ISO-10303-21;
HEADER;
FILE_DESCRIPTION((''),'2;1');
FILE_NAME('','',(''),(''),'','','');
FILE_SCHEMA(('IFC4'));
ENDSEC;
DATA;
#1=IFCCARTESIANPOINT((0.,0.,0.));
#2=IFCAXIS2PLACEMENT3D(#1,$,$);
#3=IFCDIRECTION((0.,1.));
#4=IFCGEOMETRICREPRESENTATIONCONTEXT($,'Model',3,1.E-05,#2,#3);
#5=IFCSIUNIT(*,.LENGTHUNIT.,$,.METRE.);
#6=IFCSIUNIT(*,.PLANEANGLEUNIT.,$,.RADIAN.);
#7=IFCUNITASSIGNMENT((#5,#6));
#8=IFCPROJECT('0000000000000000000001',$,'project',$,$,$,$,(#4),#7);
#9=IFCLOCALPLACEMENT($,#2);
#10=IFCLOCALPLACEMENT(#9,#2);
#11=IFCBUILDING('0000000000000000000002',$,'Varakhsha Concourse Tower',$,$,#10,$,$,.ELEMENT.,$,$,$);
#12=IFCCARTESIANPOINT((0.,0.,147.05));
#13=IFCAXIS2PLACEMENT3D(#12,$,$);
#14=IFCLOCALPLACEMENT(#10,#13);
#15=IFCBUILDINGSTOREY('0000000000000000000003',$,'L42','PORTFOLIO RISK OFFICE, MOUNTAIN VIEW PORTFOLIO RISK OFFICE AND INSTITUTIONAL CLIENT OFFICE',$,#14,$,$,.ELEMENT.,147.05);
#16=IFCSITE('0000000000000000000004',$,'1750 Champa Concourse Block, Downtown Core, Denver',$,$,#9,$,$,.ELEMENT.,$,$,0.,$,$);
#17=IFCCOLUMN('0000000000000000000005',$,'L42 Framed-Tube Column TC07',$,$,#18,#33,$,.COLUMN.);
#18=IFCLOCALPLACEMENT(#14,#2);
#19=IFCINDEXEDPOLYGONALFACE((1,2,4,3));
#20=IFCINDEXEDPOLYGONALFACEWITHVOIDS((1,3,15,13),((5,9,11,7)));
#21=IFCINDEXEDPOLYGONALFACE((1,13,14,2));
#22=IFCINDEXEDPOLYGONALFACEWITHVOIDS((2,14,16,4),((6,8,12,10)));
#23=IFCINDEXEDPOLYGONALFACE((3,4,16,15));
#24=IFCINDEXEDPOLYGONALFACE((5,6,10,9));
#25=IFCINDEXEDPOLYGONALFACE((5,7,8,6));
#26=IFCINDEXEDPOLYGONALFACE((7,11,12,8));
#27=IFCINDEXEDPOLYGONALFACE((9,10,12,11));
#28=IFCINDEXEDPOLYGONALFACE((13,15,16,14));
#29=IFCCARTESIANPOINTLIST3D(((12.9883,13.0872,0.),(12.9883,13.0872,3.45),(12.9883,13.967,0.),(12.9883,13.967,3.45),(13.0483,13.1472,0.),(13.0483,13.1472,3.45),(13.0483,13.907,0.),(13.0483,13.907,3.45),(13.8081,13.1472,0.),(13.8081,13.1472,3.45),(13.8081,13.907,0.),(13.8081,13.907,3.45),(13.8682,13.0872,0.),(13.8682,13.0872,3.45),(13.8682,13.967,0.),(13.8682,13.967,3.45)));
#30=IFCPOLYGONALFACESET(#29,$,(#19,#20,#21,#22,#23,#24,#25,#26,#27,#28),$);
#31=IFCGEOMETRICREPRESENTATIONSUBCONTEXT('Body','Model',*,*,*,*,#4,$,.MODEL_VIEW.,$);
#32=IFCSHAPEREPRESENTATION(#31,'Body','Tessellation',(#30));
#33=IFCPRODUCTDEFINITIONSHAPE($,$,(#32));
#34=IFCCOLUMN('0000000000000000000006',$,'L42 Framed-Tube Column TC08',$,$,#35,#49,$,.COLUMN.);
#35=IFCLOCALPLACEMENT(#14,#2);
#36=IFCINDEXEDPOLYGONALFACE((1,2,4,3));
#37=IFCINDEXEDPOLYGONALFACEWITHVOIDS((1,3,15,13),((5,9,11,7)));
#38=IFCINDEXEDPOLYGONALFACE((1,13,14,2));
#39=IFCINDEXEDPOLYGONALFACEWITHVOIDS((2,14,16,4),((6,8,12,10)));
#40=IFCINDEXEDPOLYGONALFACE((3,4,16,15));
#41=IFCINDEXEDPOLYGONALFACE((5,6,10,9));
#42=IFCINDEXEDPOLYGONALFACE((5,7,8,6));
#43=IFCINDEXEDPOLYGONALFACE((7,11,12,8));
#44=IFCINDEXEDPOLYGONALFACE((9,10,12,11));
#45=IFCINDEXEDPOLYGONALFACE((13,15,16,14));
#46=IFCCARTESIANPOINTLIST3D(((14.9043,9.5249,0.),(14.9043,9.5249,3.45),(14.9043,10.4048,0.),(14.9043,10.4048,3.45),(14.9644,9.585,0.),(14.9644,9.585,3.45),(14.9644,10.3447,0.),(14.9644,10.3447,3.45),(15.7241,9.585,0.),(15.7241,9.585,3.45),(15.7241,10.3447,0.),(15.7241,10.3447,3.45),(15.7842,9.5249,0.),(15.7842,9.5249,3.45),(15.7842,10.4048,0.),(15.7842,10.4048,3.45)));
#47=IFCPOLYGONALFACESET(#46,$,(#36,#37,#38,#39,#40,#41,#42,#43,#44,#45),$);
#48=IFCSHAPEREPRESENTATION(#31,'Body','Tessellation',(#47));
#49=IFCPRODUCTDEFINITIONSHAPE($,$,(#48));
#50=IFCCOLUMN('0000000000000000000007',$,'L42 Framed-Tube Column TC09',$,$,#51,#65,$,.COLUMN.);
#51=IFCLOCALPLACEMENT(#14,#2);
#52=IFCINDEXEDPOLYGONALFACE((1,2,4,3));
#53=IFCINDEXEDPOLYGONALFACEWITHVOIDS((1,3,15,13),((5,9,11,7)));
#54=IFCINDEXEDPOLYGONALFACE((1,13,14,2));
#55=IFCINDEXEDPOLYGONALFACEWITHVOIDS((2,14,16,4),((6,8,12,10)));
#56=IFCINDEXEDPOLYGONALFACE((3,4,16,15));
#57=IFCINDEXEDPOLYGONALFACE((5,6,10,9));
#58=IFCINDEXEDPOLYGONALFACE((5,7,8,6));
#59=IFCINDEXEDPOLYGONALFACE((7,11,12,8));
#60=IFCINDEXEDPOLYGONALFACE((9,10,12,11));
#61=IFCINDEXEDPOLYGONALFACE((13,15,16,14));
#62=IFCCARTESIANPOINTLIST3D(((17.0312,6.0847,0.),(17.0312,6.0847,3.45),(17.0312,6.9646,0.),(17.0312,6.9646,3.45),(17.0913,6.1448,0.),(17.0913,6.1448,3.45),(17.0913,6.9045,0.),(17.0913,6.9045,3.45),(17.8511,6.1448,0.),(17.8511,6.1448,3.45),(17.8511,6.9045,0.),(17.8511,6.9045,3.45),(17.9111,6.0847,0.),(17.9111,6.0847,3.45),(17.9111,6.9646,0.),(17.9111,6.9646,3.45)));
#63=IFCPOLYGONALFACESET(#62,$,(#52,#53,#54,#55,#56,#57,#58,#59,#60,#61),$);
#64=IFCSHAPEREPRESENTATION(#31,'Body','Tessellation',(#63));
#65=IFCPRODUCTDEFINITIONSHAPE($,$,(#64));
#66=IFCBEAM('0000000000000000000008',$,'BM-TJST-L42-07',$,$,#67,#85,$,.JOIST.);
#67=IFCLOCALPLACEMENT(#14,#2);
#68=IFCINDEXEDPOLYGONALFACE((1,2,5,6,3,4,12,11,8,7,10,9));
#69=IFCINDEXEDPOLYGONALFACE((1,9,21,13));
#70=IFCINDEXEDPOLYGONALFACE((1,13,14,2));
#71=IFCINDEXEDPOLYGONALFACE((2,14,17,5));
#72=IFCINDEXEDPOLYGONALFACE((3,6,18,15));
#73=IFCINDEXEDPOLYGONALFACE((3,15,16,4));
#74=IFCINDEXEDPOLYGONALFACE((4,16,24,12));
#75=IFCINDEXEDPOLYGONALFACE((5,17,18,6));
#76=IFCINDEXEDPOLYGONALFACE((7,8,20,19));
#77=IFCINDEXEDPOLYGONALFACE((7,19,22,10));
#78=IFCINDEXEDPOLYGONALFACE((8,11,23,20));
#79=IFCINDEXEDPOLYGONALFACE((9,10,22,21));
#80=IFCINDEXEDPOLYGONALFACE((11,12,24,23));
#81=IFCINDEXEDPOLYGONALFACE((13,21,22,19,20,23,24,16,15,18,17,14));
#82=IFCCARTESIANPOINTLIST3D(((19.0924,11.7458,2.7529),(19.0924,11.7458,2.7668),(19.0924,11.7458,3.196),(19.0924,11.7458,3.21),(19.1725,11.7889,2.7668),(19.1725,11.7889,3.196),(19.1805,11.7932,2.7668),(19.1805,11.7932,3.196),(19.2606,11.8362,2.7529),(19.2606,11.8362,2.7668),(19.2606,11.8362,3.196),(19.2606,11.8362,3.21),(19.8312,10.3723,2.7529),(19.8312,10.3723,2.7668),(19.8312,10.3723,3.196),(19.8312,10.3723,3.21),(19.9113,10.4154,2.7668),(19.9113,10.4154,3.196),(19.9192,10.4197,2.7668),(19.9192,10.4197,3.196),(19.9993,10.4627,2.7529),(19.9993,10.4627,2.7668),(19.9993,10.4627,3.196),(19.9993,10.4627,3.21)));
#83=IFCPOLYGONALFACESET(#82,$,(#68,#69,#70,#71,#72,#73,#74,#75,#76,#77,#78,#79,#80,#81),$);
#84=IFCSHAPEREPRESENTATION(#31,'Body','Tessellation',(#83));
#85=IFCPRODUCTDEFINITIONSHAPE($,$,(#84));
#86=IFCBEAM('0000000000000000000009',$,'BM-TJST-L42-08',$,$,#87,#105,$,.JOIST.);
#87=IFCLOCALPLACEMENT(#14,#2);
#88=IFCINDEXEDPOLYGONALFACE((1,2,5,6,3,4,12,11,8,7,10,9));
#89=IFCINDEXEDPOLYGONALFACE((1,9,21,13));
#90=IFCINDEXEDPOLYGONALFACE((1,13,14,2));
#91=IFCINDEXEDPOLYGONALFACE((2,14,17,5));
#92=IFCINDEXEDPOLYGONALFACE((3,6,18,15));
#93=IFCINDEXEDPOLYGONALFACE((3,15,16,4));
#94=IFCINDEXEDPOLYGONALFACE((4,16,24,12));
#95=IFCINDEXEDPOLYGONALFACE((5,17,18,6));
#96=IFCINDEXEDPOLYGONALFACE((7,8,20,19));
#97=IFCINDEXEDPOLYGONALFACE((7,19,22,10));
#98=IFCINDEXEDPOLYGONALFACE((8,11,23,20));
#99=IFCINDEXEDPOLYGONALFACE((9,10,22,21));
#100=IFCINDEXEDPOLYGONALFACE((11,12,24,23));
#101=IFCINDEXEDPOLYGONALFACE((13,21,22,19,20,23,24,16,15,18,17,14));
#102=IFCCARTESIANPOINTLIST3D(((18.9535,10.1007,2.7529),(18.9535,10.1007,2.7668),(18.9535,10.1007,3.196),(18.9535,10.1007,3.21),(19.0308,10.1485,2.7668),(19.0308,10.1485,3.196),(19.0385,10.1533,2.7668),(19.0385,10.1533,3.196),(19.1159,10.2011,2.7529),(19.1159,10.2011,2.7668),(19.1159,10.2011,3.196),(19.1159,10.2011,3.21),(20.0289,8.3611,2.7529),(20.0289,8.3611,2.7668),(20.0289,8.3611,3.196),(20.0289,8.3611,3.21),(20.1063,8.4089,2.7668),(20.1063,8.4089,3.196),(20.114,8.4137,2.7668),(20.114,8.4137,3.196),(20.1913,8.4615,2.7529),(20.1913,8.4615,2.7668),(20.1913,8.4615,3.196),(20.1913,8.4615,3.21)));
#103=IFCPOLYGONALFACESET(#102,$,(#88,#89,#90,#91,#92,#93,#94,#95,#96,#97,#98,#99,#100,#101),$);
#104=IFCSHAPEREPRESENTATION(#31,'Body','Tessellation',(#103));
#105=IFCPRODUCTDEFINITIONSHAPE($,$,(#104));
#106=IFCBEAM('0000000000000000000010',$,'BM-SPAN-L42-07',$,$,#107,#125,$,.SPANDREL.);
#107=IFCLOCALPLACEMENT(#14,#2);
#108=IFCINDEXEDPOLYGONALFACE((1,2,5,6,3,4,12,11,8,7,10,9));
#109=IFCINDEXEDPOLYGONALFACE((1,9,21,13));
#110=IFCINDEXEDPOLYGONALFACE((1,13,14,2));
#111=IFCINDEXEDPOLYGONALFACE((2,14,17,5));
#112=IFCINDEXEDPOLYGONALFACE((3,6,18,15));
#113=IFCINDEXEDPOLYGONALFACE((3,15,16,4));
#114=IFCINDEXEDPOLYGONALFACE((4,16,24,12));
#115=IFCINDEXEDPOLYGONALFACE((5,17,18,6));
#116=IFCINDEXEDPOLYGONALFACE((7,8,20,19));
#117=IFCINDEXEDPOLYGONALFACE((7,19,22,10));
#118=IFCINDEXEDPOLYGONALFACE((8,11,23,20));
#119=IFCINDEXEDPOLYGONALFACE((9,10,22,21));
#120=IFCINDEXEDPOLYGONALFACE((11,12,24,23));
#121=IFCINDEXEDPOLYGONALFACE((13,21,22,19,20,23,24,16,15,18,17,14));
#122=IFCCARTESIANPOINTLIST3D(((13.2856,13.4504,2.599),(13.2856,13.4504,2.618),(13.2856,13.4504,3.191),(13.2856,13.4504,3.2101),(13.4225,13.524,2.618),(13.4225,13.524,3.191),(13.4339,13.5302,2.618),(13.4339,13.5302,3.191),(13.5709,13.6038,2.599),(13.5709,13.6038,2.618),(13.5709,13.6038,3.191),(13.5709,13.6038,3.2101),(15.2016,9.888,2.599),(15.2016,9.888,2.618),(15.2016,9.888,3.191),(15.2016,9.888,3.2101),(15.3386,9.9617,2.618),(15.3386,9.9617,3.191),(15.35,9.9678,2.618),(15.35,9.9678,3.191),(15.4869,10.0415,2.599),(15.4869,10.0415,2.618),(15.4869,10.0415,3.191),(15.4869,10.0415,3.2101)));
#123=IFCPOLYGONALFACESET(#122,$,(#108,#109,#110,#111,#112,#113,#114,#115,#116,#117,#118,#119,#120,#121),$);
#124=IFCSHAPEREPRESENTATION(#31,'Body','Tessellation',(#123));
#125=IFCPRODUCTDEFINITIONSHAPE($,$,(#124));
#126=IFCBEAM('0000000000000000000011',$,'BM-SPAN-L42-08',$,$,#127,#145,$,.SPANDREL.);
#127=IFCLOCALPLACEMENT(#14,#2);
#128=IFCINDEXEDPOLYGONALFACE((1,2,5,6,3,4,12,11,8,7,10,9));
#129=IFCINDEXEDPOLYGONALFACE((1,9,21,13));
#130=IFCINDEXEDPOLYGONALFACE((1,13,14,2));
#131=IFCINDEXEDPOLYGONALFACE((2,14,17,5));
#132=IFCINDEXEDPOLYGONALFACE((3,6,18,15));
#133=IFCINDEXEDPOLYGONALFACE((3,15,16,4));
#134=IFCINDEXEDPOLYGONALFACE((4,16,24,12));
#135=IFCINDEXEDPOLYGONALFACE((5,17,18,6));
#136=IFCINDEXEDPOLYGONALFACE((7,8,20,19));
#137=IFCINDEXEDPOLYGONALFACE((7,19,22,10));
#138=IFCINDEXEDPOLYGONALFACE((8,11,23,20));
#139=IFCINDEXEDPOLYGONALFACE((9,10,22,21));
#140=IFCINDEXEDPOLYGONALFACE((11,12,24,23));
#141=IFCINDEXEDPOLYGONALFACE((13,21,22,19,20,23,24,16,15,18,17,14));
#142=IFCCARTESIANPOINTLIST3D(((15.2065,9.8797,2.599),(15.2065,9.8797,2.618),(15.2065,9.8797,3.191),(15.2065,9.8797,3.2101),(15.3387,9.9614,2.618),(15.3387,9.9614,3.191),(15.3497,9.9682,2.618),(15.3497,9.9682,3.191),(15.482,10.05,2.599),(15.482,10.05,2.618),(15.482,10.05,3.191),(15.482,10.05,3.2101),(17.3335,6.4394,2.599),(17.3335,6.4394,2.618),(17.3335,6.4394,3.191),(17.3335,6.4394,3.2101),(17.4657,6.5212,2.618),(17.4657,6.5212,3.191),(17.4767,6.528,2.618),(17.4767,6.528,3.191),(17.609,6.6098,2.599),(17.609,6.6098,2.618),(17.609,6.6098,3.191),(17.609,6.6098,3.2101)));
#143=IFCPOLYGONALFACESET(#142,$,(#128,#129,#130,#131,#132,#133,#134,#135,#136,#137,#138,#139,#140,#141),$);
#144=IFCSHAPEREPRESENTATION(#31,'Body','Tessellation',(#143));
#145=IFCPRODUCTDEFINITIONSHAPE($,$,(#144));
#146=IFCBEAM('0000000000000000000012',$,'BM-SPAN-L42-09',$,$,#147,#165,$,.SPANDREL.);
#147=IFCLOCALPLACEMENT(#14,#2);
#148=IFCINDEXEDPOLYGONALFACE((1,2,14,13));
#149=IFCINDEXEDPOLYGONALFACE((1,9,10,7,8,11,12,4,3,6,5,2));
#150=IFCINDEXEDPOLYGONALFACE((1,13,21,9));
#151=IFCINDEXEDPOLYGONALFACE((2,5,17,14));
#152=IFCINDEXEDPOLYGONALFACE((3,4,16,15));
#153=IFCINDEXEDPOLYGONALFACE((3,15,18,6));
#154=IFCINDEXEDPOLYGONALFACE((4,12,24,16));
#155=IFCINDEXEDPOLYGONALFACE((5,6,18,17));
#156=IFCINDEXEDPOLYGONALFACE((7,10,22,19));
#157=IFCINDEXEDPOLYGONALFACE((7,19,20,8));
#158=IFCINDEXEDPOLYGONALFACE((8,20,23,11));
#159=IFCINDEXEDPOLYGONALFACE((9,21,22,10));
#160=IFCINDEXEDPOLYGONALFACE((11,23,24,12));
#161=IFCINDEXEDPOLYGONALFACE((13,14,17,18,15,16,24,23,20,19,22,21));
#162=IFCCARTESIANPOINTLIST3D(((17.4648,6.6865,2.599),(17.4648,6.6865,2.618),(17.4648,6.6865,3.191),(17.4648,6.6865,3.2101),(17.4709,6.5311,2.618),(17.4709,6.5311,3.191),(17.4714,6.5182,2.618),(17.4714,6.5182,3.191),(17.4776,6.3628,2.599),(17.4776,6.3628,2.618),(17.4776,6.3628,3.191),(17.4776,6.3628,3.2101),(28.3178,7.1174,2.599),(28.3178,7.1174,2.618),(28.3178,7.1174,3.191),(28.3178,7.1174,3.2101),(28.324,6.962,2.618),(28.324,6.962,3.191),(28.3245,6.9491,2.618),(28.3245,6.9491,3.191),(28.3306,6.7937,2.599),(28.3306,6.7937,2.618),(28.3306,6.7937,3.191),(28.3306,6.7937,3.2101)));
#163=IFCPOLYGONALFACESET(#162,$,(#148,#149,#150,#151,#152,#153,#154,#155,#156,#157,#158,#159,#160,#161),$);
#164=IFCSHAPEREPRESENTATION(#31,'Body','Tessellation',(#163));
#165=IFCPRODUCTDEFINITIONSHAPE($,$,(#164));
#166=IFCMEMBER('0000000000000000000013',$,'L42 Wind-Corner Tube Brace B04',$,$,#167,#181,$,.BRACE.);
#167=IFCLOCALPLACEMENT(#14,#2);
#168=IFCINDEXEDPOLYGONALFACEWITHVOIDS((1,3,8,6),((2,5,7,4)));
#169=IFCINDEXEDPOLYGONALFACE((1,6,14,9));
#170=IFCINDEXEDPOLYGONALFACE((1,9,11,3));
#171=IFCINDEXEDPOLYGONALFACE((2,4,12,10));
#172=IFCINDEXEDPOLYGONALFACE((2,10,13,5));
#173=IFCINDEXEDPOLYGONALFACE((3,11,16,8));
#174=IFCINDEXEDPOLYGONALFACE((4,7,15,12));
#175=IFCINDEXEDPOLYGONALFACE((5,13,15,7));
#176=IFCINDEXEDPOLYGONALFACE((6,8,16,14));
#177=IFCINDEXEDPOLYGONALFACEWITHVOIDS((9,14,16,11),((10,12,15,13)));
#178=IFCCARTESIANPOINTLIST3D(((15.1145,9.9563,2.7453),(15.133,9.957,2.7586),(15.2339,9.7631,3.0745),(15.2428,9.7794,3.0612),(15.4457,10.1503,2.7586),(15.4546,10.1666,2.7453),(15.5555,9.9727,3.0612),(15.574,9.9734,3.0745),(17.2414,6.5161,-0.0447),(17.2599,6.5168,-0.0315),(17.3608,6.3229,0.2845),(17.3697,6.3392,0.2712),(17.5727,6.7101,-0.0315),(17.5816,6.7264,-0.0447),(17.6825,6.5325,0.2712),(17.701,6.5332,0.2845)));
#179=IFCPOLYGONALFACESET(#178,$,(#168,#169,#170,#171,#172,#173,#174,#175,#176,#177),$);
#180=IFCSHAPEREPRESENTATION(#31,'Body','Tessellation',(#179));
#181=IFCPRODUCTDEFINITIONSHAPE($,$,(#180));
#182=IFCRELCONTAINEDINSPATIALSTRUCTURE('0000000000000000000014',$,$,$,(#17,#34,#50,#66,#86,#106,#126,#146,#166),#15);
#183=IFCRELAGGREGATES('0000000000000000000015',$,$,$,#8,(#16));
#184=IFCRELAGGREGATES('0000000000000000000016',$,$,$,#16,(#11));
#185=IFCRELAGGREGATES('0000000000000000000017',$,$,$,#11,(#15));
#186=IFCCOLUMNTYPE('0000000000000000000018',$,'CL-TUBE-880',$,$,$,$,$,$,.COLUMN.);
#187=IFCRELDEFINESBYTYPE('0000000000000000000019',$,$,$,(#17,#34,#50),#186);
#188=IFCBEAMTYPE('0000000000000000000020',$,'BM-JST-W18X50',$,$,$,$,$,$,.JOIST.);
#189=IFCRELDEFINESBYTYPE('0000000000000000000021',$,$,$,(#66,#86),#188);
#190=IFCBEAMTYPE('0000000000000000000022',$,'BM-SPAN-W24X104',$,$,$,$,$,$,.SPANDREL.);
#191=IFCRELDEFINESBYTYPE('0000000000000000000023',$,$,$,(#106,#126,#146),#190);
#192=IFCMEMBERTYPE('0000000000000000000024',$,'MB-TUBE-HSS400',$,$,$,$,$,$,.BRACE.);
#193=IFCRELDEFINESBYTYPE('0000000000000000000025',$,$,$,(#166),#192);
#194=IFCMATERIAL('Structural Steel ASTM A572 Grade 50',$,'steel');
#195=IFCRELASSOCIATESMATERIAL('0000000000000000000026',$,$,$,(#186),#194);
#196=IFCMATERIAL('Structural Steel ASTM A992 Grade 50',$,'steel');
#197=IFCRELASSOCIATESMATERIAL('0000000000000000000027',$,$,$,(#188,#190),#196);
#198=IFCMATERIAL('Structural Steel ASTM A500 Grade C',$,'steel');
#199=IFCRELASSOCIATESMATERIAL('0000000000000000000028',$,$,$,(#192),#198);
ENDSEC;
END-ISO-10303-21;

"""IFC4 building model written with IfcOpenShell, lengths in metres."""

from ifc_helpers import new_model, si_unit, direction, frame, origin, origin_2d, place, context, subcontext, project, spatial, hollow_rectangle, i_section, extrude, source, transform, mapped, material, material_profile, profile_set, type_object, element, save


model = new_model("IFC4")

# Units and contexts
model_context = context("Model", 3, precision=1e-05, world=origin(), true_north=direction((0.0, 1.0)))
body_context = subcontext(model_context, "Body", "Model", "MODEL_VIEW")
ifc_project = project(units=[si_unit("LENGTHUNIT", "METRE"), si_unit("PLANEANGLEUNIT", "RADIAN")], contexts=[model_context])

# Site, building, storey
site_placement = place(None, origin())
site = spatial("IfcSite", under=ifc_project, at=site_placement, Name="1750 Champa Concourse Block, Downtown Core, Denver", CompositionType="ELEMENT", RefElevation=0.0)
building_placement = place(site_placement, origin())
building = spatial("IfcBuilding", under=site, at=building_placement, Name="Varakhsha Concourse Tower", CompositionType="ELEMENT")
storey_placement = place(building_placement, frame((0.0, 0.0, 147.05)))
storey = spatial("IfcBuildingStorey", under=building, at=storey_placement, Name="L42", Description="PORTFOLIO RISK OFFICE, MOUNTAIN VIEW PORTFOLIO RISK OFFICE AND INSTITUTIONAL CLIENT OFFICE", CompositionType="ELEMENT", Elevation=147.05)

# Columns
ifc_material_1 = material(Name="Structural Steel ASTM A572 Grade 50", Category="steel")
ifc_material_profile_1 = material_profile(ifc_material_1, hollow_rectangle(XDim=0.8799, YDim=0.8799, WallThickness=0.0601, at=origin_2d()), Name="BOX 880x880x60")
ifc_profile_set_1 = profile_set([ifc_material_profile_1], Name="Structural Steel ASTM A572 Grade 50")
column_type = type_object("IfcColumnType", Name="CL-TUBE-880", PredefinedType="COLUMN", material=ifc_profile_set_1)
for number, where, z_axis, x_axis, name in (
    (1, (13.4282, 13.5271, 0.0), (0.0, 0.0, 1.0), (1.0, 0.0, 0.0), "L42 Framed-Tube Column TC07"),
    (2, (15.3442, 9.9648, 0.0), (0.0, 0.0, 1.0), (1.0, 0.0, 0.0), "L42 Framed-Tube Column TC08"),
    (3, (17.4712, 6.5247, 0.0), (0.0, 0.0, 1.0), (1.0, 0.0, 0.0), "L42 Framed-Tube Column TC09"),
):
    element("IfcColumn", number, at=place(storey_placement, frame(where, z_axis=z_axis, x_axis=x_axis)), inside=storey, type_object=column_type, Name=name, PredefinedType="COLUMN", context=body_context, shape_type="SweptSolid", body=[
        extrude(hollow_rectangle(XDim=0.8799, YDim=0.8799, WallThickness=0.0601, at=origin_2d()), origin(), (0.0, 0.0, 1.0), 3.45),
    ])

# Beams
ifc_material_2 = material(Name="Structural Steel ASTM A992 Grade 50", Category="steel")
ifc_material_profile_2 = material_profile(ifc_material_2, i_section(OverallWidth=0.1909, OverallDepth=0.457, WebThickness=0.009, FlangeThickness=0.0139, at=origin_2d()), Name="W18X50")
ifc_profile_set_2 = profile_set([ifc_material_profile_2], Name="Structural Steel ASTM A992 Grade 50")
beam_type_1 = type_object("IfcBeamType", Name="BM-JST-W18X50", PredefinedType="JOIST", material=ifc_profile_set_2)
beam_1_placement = place(storey_placement, frame((19.1765, 11.791, 2.9814), z_axis=(0.473689, -0.880692, 0.0), x_axis=(0.880692, 0.473689, 0.0)))
element("IfcBeam", 4, at=beam_1_placement, inside=storey, type_object=beam_type_1, Name="BM-TJST-L42-07", PredefinedType="JOIST", context=body_context, shape_type="SweptSolid", body=[
    extrude(i_section(OverallWidth=0.1909, OverallDepth=0.457, WebThickness=0.009, FlangeThickness=0.0139, at=origin_2d()), origin(), (0.0, 0.0, 1.0), 1.5596),
])
beam_2_placement = place(storey_placement, frame((19.0347, 10.1509, 2.9814), z_axis=(0.525861, -0.85057, 0.0), x_axis=(0.85057, 0.525861, 0.0)))
element("IfcBeam", 5, at=beam_2_placement, inside=storey, type_object=beam_type_1, Name="BM-TJST-L42-08", PredefinedType="JOIST", context=body_context, shape_type="SweptSolid", body=[
    extrude(i_section(OverallWidth=0.1909, OverallDepth=0.457, WebThickness=0.009, FlangeThickness=0.0139, at=origin_2d()), origin(), (0.0, 0.0, 1.0), 2.0452),
])
ifc_material_profile_3 = material_profile(ifc_material_2, i_section(OverallWidth=0.324, OverallDepth=0.6111, WebThickness=0.0129, FlangeThickness=0.019, at=origin_2d()), Name="W24X104")
ifc_profile_set_3 = profile_set([ifc_material_profile_3], Name="Structural Steel ASTM A992 Grade 50")
beam_type_2 = type_object("IfcBeamType", Name="BM-SPAN-W24X104", PredefinedType="SPANDREL", material=ifc_profile_set_3)
beam_3_placement = place(storey_placement, frame((13.4282, 13.5271, 2.9045), z_axis=(0.473693, -0.88069, 0.0), x_axis=(0.88069, 0.473693, 0.0)))
element("IfcBeam", 6, at=beam_3_placement, inside=storey, type_object=beam_type_2, Name="BM-SPAN-L42-07", PredefinedType="SPANDREL", context=body_context, shape_type="SweptSolid", body=[
    extrude(i_section(OverallWidth=0.324, OverallDepth=0.6111, WebThickness=0.0129, FlangeThickness=0.019, at=origin_2d()), origin(), (0.0, 0.0, 1.0), 4.0449),
])
beam_4_placement = place(storey_placement, frame((15.3442, 9.9648, 2.9045), z_axis=(0.525875, -0.850562, 0.0), x_axis=(0.850562, 0.525875, 0.0)))
element("IfcBeam", 7, at=beam_4_placement, inside=storey, type_object=beam_type_2, Name="BM-SPAN-L42-08", PredefinedType="SPANDREL", context=body_context, shape_type="SweptSolid", body=[
    extrude(i_section(OverallWidth=0.324, OverallDepth=0.6111, WebThickness=0.0129, FlangeThickness=0.019, at=origin_2d()), origin(), (0.0, 0.0, 1.0), 4.0447),
])
beam_5_placement = place(storey_placement, frame((17.4712, 6.5247, 2.9045), z_axis=(0.999213, 0.039673, 0.0), x_axis=(-0.039673, 0.999213, 0.0)))
element("IfcBeam", 8, at=beam_5_placement, inside=storey, type_object=beam_type_2, Name="BM-SPAN-L42-09", PredefinedType="SPANDREL", context=body_context, shape_type="SweptSolid", body=[
    extrude(i_section(OverallWidth=0.324, OverallDepth=0.6111, WebThickness=0.0129, FlangeThickness=0.019, at=origin_2d()), origin(), (0.0, 0.0, 1.0), 10.8616),
])

# Member
ifc_material_3 = material(Name="Structural Steel ASTM A500 Grade C", Category="steel")
ifc_material_profile_4 = material_profile(ifc_material_3, hollow_rectangle(XDim=0.3999, YDim=0.3999, WallThickness=0.0161, at=origin_2d()), Name="HSS 400x400x16")
ifc_profile_set_4 = profile_set([ifc_material_profile_4], Name="Structural Steel ASTM A500 Grade C")
member_type_1 = type_object("IfcMemberType", Name="MB-TUBE-HSS400", PredefinedType="BRACE", material=ifc_profile_set_4)
shared_shape_1 = source(origin(), body_context, "Body", "SweptSolid", [
    extrude(hollow_rectangle(XDim=0.3999, YDim=0.3999, WallThickness=0.0161, at=origin_2d()), origin(), (0.0, 0.0, 1.0), 4.9136),
])
member_1_placement = place(storey_placement, frame((17.4712, 6.5247, 0.1199), z_axis=(-0.432874, 0.70014, 0.567824), x_axis=(-0.850562, -0.525875, 0.0)))
element("IfcMember", 9, at=member_1_placement, inside=storey, type_object=member_type_1, Name="L42 Wind-Corner Tube Brace B04", PredefinedType="BRACE", context=body_context, shape_type="MappedRepresentation", body=[
    mapped(shared_shape_1, transform((0.0, 0.0, 0.0), scale=1.0)),
])

save(model, "model.ifc")
